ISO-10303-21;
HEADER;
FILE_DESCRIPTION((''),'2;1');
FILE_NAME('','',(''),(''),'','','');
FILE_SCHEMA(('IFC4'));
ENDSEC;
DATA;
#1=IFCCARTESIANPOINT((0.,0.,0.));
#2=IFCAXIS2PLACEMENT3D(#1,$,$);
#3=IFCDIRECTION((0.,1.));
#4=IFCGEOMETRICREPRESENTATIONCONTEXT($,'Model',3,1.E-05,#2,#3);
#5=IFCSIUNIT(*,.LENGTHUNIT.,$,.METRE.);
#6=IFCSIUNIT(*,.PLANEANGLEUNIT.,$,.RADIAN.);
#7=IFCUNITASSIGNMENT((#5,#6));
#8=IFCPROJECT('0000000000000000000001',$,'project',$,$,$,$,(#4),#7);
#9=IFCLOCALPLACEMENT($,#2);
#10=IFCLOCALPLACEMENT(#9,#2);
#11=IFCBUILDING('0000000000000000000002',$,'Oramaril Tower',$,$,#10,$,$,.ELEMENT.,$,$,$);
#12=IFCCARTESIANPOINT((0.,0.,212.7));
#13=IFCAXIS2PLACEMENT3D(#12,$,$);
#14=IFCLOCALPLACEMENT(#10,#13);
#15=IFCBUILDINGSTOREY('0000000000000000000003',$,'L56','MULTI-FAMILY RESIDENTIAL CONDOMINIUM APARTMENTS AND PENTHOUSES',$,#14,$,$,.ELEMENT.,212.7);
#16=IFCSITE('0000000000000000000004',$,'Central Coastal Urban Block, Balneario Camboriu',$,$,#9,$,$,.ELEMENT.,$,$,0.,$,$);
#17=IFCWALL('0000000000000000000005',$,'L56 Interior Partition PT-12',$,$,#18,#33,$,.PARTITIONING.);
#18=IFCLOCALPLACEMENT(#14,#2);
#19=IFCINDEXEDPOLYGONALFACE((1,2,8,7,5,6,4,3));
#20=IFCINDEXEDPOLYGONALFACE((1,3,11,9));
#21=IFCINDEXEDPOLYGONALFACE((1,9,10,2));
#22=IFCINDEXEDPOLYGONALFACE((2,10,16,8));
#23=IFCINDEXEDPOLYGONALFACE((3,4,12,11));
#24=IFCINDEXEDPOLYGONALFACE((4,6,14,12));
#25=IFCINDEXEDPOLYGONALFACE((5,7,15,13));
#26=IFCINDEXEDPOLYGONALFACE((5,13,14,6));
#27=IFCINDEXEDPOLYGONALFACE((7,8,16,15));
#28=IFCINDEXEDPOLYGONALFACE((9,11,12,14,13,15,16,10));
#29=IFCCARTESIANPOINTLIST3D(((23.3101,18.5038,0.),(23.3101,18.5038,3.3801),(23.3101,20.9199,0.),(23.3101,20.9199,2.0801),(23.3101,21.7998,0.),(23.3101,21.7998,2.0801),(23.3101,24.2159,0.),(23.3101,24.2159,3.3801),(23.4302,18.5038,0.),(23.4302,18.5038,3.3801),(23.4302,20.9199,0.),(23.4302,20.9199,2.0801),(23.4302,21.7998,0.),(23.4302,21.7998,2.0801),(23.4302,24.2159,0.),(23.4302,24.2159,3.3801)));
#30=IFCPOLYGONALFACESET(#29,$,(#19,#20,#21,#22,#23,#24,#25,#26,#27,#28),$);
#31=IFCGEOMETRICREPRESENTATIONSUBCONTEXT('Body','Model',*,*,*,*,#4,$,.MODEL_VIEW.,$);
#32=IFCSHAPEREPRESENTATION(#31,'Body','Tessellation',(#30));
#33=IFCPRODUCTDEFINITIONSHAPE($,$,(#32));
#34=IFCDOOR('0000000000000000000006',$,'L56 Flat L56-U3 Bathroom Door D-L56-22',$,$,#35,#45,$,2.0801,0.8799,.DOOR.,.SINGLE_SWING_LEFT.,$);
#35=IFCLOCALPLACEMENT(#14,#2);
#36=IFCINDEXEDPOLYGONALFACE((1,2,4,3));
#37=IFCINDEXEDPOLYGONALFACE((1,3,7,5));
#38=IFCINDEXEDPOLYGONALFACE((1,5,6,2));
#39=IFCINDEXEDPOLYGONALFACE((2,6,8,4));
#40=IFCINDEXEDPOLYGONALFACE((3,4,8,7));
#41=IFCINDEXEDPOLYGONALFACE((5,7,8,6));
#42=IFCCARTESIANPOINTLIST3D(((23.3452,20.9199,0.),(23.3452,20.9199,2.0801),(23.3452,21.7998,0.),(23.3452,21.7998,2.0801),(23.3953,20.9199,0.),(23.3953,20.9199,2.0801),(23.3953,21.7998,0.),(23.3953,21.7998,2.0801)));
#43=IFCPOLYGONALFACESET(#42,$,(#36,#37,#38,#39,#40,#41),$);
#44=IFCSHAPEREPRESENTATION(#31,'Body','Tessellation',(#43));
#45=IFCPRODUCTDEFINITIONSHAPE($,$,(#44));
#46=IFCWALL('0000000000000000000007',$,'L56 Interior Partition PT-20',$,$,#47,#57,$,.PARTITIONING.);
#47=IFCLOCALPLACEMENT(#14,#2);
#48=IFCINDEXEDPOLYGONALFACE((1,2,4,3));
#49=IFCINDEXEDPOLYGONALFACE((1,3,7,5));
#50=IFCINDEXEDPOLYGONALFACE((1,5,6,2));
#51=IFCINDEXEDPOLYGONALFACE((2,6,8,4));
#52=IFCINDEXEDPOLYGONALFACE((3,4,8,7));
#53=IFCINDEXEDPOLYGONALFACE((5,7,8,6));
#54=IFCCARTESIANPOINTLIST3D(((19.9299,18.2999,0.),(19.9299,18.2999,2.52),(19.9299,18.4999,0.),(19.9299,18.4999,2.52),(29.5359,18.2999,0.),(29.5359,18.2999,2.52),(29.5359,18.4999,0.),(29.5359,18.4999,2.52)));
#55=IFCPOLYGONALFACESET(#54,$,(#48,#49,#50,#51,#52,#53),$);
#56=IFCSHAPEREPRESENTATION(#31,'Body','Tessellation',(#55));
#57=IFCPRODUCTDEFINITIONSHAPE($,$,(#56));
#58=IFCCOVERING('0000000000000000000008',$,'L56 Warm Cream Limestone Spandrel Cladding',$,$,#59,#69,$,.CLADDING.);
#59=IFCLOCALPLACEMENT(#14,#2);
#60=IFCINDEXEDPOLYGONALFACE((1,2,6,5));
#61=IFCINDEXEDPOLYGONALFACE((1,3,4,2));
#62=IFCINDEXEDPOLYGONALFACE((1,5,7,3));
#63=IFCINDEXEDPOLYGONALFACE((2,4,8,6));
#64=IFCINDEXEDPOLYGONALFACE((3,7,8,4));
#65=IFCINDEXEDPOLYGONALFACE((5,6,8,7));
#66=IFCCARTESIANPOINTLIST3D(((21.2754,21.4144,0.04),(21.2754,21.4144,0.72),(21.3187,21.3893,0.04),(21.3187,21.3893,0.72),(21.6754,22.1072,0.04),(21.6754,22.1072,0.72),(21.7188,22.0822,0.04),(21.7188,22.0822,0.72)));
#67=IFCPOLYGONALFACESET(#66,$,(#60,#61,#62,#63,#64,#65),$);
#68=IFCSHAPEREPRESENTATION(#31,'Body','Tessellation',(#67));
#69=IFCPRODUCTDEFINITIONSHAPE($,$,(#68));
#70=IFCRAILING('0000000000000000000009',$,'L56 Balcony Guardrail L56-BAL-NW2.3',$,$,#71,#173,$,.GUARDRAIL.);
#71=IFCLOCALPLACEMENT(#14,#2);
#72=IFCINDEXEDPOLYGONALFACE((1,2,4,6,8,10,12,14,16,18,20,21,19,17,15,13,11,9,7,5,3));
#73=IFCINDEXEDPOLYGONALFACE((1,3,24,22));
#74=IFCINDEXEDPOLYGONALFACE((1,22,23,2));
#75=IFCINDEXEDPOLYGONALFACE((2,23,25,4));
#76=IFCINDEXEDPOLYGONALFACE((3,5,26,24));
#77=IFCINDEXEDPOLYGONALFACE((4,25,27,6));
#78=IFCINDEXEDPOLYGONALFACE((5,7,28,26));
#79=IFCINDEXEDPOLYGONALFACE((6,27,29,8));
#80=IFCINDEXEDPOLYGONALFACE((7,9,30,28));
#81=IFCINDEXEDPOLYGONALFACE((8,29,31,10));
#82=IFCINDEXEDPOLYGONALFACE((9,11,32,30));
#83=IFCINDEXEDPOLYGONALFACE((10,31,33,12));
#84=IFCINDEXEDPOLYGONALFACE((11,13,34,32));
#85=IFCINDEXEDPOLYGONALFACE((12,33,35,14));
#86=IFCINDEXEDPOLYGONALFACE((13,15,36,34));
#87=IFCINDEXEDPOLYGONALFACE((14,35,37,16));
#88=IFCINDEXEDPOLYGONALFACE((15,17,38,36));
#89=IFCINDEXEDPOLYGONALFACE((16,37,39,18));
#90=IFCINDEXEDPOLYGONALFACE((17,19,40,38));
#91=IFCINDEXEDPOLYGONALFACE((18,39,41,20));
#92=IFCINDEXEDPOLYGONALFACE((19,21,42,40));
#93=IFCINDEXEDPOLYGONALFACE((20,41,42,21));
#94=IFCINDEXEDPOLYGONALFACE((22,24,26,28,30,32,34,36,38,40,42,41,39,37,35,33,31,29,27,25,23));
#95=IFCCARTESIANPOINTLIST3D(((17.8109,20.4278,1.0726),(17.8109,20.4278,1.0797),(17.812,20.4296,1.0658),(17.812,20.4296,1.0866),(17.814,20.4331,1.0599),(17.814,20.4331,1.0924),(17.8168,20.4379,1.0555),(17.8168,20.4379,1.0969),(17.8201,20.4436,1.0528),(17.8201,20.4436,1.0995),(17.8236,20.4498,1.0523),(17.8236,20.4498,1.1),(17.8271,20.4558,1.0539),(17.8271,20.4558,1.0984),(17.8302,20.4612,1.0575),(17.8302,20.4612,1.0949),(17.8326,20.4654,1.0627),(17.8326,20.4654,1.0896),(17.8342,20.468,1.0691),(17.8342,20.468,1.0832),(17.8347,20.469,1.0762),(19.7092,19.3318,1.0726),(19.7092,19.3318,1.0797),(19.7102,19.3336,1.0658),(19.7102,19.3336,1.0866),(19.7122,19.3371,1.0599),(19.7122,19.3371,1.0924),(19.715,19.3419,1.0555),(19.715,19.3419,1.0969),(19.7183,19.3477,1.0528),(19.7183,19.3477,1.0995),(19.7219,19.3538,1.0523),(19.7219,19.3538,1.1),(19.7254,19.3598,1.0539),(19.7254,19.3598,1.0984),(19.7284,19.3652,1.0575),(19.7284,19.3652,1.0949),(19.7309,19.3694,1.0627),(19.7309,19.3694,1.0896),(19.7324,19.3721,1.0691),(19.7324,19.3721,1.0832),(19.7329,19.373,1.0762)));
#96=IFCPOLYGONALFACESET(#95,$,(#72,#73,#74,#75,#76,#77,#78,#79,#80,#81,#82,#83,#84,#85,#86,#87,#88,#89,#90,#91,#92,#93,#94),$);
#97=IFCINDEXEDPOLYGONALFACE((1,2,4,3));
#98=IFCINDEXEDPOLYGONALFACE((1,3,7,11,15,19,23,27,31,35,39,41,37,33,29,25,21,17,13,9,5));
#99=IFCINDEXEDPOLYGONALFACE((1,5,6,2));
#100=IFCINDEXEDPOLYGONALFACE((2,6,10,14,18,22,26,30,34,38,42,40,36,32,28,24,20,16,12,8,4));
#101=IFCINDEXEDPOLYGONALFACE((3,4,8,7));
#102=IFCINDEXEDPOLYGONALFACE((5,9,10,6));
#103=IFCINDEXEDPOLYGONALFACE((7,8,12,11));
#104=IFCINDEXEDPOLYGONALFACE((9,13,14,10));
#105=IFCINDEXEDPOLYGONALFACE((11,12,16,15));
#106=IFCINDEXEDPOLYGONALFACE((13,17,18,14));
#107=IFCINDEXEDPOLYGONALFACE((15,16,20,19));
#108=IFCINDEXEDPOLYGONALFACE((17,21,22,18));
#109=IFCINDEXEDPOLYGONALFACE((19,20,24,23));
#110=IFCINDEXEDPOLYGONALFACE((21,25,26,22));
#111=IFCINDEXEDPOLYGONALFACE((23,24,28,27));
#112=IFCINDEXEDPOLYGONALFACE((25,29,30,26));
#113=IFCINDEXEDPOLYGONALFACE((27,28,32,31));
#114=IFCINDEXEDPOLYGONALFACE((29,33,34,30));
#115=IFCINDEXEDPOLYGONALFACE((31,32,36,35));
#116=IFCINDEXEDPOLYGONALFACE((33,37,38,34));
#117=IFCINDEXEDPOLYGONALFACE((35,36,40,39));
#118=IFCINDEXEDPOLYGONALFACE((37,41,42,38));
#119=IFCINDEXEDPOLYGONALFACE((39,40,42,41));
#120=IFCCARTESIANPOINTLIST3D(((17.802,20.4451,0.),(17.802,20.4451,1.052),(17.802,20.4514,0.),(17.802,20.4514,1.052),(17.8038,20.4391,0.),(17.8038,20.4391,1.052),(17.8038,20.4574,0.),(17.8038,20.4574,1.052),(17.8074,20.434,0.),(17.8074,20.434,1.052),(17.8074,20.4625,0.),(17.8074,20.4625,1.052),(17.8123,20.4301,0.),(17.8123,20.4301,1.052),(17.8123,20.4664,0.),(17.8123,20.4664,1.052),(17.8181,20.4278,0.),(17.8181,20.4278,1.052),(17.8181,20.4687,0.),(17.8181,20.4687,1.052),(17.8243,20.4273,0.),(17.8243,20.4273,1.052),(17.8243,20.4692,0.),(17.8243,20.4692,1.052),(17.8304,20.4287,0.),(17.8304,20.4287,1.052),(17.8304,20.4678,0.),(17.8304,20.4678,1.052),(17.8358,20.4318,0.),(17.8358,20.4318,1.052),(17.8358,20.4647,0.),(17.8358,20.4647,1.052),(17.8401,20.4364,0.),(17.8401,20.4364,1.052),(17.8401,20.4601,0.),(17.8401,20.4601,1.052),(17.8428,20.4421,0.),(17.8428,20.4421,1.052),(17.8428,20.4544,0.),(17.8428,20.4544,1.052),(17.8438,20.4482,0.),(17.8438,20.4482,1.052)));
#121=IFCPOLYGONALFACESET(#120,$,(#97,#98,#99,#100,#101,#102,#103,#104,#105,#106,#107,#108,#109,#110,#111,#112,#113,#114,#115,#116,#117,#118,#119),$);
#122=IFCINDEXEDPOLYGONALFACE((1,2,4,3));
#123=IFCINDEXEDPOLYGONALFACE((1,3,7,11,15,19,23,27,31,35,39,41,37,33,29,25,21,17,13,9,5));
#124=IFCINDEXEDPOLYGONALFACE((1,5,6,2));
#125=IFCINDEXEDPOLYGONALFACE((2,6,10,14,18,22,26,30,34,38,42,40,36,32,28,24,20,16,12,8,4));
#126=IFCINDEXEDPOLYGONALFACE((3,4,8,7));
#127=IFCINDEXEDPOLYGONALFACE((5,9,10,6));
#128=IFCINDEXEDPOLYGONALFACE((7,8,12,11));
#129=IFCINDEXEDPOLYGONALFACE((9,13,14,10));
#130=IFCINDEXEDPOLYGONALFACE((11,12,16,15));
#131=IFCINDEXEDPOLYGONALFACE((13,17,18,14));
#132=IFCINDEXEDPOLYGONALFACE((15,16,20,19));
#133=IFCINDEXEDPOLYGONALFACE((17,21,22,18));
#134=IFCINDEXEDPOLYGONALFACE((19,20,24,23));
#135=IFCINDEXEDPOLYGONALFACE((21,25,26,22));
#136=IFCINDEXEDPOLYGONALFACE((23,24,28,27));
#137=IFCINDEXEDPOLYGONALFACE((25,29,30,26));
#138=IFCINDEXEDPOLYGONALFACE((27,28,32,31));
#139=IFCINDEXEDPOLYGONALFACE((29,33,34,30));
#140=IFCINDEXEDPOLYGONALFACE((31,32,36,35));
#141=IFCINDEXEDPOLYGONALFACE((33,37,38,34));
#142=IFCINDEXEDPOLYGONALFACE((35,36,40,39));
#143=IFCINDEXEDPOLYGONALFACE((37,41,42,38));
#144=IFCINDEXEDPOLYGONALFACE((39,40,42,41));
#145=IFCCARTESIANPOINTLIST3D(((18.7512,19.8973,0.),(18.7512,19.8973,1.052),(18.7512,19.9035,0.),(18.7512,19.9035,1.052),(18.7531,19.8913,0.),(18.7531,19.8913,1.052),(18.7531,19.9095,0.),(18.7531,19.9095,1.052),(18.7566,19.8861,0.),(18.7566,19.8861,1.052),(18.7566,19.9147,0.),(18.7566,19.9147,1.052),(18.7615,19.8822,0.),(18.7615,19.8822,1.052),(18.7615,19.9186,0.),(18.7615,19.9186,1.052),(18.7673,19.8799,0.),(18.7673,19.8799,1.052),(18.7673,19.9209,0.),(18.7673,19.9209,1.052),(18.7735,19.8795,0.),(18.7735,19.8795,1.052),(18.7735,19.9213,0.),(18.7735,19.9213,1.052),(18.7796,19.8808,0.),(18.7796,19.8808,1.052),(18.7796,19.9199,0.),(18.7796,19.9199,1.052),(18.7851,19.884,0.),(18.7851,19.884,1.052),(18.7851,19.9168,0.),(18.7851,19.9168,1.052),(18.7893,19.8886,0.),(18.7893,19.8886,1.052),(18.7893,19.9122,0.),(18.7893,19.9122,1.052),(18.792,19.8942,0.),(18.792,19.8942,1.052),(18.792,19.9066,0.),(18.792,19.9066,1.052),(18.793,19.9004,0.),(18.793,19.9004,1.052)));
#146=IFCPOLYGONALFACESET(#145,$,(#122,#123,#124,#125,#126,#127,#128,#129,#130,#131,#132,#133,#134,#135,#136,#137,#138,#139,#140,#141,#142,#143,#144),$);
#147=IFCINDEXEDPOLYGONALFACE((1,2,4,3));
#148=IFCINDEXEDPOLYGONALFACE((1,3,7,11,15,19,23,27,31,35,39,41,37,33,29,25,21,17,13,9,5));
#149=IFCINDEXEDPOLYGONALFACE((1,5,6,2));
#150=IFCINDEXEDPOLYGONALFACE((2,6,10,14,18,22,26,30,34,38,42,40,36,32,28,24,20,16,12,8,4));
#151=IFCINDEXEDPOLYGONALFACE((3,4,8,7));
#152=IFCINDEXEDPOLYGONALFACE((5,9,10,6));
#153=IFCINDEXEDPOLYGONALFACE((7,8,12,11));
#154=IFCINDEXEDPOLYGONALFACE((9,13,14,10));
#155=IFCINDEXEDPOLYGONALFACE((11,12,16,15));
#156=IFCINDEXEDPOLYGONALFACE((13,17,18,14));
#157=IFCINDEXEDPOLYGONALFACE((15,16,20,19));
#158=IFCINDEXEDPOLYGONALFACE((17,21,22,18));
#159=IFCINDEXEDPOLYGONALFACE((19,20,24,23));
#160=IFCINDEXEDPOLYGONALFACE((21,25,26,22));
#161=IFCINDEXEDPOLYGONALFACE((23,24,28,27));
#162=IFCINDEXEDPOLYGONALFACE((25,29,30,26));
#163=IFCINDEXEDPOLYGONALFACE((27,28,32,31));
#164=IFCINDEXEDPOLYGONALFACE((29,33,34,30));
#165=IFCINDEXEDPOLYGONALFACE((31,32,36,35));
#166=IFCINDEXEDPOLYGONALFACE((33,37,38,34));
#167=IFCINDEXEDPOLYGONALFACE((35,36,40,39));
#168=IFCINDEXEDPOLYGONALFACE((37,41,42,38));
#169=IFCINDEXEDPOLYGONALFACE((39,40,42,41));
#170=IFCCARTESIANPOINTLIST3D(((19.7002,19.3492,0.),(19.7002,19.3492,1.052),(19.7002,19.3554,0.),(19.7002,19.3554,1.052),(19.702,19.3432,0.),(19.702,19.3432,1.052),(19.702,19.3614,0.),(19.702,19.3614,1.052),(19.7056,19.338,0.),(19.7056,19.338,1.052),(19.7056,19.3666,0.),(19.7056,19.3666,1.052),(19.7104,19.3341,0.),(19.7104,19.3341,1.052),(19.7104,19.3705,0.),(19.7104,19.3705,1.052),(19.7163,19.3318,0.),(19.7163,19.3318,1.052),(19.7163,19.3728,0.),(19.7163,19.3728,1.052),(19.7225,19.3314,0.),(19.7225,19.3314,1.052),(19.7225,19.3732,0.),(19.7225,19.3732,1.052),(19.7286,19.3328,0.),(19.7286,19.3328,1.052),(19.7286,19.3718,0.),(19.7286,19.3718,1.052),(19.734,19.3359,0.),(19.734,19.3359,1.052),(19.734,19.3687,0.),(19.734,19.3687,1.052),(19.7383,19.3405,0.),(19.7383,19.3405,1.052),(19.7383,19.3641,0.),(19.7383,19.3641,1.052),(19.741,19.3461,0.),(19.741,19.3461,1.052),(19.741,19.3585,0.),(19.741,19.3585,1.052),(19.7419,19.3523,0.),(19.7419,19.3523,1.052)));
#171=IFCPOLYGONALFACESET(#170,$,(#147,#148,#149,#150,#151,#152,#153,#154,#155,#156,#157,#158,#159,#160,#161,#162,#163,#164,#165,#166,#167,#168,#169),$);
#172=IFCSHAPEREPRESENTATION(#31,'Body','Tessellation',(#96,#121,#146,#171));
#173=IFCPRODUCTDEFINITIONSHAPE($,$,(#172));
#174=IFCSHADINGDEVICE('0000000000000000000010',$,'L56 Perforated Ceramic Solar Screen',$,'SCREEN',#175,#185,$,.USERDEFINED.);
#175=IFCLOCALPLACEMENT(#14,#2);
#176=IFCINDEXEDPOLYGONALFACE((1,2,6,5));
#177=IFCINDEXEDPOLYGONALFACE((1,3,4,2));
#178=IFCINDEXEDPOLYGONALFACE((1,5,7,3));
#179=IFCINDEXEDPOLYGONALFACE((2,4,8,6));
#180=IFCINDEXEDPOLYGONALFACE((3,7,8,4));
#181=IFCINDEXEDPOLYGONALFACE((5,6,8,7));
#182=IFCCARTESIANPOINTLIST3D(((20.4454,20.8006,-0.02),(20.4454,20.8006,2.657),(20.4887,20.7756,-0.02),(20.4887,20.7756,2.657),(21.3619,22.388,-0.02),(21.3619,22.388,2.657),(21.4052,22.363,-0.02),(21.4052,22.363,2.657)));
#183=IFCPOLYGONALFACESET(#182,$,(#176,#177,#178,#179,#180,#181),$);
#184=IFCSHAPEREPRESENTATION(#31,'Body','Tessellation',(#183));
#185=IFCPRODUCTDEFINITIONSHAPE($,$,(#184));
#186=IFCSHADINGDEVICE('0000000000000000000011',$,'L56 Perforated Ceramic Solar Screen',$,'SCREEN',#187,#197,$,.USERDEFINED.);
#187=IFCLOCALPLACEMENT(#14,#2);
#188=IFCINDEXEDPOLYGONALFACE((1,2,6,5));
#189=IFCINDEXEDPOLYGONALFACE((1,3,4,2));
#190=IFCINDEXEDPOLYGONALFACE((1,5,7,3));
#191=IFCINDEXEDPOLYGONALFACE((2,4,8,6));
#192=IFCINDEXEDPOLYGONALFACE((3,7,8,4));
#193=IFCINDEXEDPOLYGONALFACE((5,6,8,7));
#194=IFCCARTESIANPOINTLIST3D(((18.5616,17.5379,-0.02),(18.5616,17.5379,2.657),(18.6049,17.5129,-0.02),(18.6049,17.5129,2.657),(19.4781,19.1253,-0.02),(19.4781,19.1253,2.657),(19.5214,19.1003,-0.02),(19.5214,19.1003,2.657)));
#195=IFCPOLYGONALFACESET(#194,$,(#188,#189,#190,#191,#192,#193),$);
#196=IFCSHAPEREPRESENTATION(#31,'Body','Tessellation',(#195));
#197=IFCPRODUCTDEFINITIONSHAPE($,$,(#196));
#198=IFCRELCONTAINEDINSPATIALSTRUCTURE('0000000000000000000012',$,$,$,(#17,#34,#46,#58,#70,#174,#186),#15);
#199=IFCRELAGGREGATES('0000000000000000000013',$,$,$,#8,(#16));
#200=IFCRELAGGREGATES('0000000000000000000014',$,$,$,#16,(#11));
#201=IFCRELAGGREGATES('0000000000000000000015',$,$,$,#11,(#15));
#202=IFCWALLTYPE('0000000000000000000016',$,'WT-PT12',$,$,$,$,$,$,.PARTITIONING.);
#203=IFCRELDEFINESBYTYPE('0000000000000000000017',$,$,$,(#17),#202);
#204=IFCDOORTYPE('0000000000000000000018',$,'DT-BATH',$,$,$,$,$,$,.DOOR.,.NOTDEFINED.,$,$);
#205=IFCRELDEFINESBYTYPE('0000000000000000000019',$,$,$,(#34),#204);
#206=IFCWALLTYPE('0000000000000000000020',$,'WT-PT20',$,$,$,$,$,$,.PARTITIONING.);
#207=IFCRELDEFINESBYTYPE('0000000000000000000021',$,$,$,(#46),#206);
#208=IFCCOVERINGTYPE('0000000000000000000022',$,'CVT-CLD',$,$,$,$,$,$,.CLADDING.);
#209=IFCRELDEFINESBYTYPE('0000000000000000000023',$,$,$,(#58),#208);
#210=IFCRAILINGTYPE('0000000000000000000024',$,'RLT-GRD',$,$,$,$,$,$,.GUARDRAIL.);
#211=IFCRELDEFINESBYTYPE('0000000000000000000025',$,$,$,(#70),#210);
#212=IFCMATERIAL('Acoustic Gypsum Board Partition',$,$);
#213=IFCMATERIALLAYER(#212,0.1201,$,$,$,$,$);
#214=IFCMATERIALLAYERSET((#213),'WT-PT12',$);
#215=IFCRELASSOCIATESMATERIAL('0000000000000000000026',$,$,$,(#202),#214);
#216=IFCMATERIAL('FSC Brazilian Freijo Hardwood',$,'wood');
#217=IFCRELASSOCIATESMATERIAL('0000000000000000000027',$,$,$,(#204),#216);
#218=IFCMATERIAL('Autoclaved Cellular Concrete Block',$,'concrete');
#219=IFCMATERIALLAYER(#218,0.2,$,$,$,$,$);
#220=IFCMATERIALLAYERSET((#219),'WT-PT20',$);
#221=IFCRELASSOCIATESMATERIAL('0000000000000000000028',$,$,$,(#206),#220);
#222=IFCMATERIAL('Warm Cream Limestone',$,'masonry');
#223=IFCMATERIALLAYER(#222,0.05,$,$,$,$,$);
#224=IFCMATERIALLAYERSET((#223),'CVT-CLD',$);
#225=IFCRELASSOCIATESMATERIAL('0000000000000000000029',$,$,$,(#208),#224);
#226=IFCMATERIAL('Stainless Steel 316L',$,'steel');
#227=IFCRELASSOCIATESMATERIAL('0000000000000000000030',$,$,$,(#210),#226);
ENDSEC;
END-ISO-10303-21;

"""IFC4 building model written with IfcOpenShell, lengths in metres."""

from ifc_helpers import new_model, si_unit, direction, frame, frame_2d, origin, origin_2d, place, context, subcontext, project, spatial, rectangle, circle, extrude, material, layer, layer_set, type_object, element, fill, save


model = new_model("IFC4")

# Units and contexts
model_context = context("Model", 3, precision=1e-05, world=origin(), true_north=direction((0.0, 1.0)))
body_context = subcontext(model_context, "Body", "Model", "MODEL_VIEW")
ifc_project = project(units=[si_unit("LENGTHUNIT", "METRE"), si_unit("PLANEANGLEUNIT", "RADIAN")], contexts=[model_context])

# Site, building, storey
site_placement = place(None, origin())
site = spatial("IfcSite", under=ifc_project, at=site_placement, Name="Central Coastal Urban Block, Balneario Camboriu", CompositionType="ELEMENT", RefElevation=0.0)
building_placement = place(site_placement, origin())
building = spatial("IfcBuilding", under=site, at=building_placement, Name="Oramaril Tower", CompositionType="ELEMENT")
storey_placement = place(building_placement, frame((0.0, 0.0, 212.7)))
storey = spatial("IfcBuildingStorey", under=building, at=storey_placement, Name="L56", Description="MULTI-FAMILY RESIDENTIAL CONDOMINIUM APARTMENTS AND PENTHOUSES", CompositionType="ELEMENT", Elevation=212.7)

# Wall, opening, door
ifc_material_1 = material(Name="Acoustic Gypsum Board Partition")
ifc_layer_1 = layer(ifc_material_1, 0.1201)
ifc_layer_set_1 = layer_set([ifc_layer_1], Name="WT-PT12")
wall_type_1 = type_object("IfcWallType", Name="WT-PT12", PredefinedType="PARTITIONING", material=ifc_layer_set_1)
wall_1_placement = place(storey_placement, frame((23.3701, 18.5039, 0.0), z_axis=(0.0, 0.0, 1.0), x_axis=(0.0, 1.0, 0.0)))
wall_1 = element("IfcWall", 1, at=wall_1_placement, inside=storey, type_object=wall_type_1, Name="L56 Interior Partition PT-12", PredefinedType="PARTITIONING", context=body_context, shape_type="SweptSolid", body=[
    extrude(rectangle(XDim=5.7122, YDim=0.1201, at=frame_2d((2.856, 0.0))), origin(), (0.0, 0.0, 1.0), 3.3801),
])
opening_1_placement = place(wall_1_placement, frame((2.416, 0.0, 0.0)))
opening_1 = element("IfcOpeningElement", 2, at=opening_1_placement, cuts=wall_1, PredefinedType="OPENING", context=body_context, shape_type="SweptSolid", body=[
    extrude(rectangle(XDim=0.8799, YDim=2.0801, at=frame_2d((0.4399, 1.04))), frame((0.0, 0.0601, 0.0), z_axis=(0.0, -1.0, 0.0), x_axis=(1.0, 0.0, 0.0)), (0.0, 0.0, 1.0), 0.1201),
])
ifc_material_2 = material(Name="FSC Brazilian Freijo Hardwood", Category="wood")
door_type_1 = type_object("IfcDoorType", Name="DT-BATH", OperationType="NOTDEFINED", PredefinedType="DOOR", material=ifc_material_2)
door_1_placement = place(opening_1_placement, origin())
door_1 = element("IfcDoor", 3, at=door_1_placement, inside=storey, type_object=door_type_1, Name="L56 Flat L56-U3 Bathroom Door D-L56-22", OperationType="SINGLE_SWING_LEFT", OverallHeight=2.0801, OverallWidth=0.8799, PredefinedType="DOOR", context=body_context, shape_type="SweptSolid", body=[
    extrude(rectangle(XDim=0.8799, YDim=2.0801, at=frame_2d((0.4399, 1.04))), frame((0.0, 0.0249, 0.0), z_axis=(0.0, -1.0, 0.0), x_axis=(1.0, 0.0, 0.0)), (0.0, 0.0, 1.0), 0.05),
])
fill(opening_1, door_1)

# Wall
ifc_material_3 = material(Name="Autoclaved Cellular Concrete Block", Category="concrete")
ifc_layer_2 = layer(ifc_material_3, 0.2)
ifc_layer_set_2 = layer_set([ifc_layer_2], Name="WT-PT20")
wall_type_2 = type_object("IfcWallType", Name="WT-PT20", PredefinedType="PARTITIONING", material=ifc_layer_set_2)
wall_2_placement = place(storey_placement, frame((19.9299, 18.3999, 0.0), z_axis=(0.0, 0.0, 1.0), x_axis=(1.0, 0.0, 0.0)))
element("IfcWall", 4, at=wall_2_placement, inside=storey, type_object=wall_type_2, Name="L56 Interior Partition PT-20", PredefinedType="PARTITIONING", context=body_context, shape_type="SweptSolid", body=[
    extrude(rectangle(XDim=9.606, YDim=0.2, at=frame_2d((4.803, 0.0))), origin(), (0.0, 0.0, 1.0), 2.52),
])

# Covering
ifc_material_4 = material(Name="Warm Cream Limestone", Category="masonry")
ifc_layer_3 = layer(ifc_material_4, 0.05)
ifc_layer_set_3 = layer_set([ifc_layer_3], Name="CVT-CLD")
covering_type = type_object("IfcCoveringType", Name="CVT-CLD", PredefinedType="CLADDING", material=ifc_layer_set_3)
covering_placement = place(storey_placement, frame((21.4971, 21.7483, 0.04), z_axis=(0.0, 0.0, 1.0), x_axis=(-0.499998, -0.866026, 0.0)))
element("IfcCovering", 5, at=covering_placement, inside=storey, type_object=covering_type, Name="L56 Warm Cream Limestone Spandrel Cladding", PredefinedType="CLADDING", context=body_context, shape_type="SweptSolid", body=[
    extrude(rectangle(XDim=0.8, YDim=0.05, at=origin_2d()), origin(), (0.0, 0.0, 1.0), 0.6799),
])

# Railing
ifc_material_5 = material(Name="Stainless Steel 316L", Category="steel")
railing_type = type_object("IfcRailingType", Name="RLT-GRD", PredefinedType="GUARDRAIL", material=ifc_material_5)
railing_placement = place(storey_placement, frame((17.8228, 20.4482, 0.0)))
element("IfcRailing", 6, at=railing_placement, inside=storey, type_object=railing_type, Name="L56 Balcony Guardrail L56-BAL-NW2.3", PredefinedType="GUARDRAIL", context=body_context, shape_type="SweptSolid", body=[
    extrude(circle(Radius=0.0239, at=origin_2d()), frame((0.0, 0.0, 1.0762), z_axis=(0.866021, -0.500008, 0.0), x_axis=(0.500008, 0.866021, 0.0)), (0.0, 0.0, 1.0), 2.1919),
    extrude(circle(Radius=0.021, at=origin_2d()), origin(), (0.0, 0.0, 1.0), 1.052),
    extrude(circle(Radius=0.021, at=origin_2d()), frame((0.9492, -0.5479, 0.0)), (0.0, 0.0, 1.0), 1.052),
    extrude(circle(Radius=0.021, at=origin_2d()), frame((1.8982, -1.0959, 0.0)), (0.0, 0.0, 1.0), 1.052),
])

# Shading devices
for number, where, z_axis, x_axis, name in (
    (7, (20.9253, 21.5818, -0.02), (0.0, 0.0, 1.0), (-0.499998, -0.866026, 0.0), "L56 Perforated Ceramic Solar Screen"),
    (8, (19.0415, 18.3191, -0.02), (0.0, 0.0, 1.0), (-0.499998, -0.866026, 0.0), "L56 Perforated Ceramic Solar Screen"),
):
    element("IfcShadingDevice", number, at=place(storey_placement, frame(where, z_axis=z_axis, x_axis=x_axis)), inside=storey, Name=name, ObjectType="SCREEN", PredefinedType="USERDEFINED", context=body_context, shape_type="SweptSolid", body=[
        extrude(rectangle(XDim=1.833, YDim=0.05, at=origin_2d()), origin(), (0.0, 0.0, 1.0), 2.677),
    ])

save(model, "model.ifc")
